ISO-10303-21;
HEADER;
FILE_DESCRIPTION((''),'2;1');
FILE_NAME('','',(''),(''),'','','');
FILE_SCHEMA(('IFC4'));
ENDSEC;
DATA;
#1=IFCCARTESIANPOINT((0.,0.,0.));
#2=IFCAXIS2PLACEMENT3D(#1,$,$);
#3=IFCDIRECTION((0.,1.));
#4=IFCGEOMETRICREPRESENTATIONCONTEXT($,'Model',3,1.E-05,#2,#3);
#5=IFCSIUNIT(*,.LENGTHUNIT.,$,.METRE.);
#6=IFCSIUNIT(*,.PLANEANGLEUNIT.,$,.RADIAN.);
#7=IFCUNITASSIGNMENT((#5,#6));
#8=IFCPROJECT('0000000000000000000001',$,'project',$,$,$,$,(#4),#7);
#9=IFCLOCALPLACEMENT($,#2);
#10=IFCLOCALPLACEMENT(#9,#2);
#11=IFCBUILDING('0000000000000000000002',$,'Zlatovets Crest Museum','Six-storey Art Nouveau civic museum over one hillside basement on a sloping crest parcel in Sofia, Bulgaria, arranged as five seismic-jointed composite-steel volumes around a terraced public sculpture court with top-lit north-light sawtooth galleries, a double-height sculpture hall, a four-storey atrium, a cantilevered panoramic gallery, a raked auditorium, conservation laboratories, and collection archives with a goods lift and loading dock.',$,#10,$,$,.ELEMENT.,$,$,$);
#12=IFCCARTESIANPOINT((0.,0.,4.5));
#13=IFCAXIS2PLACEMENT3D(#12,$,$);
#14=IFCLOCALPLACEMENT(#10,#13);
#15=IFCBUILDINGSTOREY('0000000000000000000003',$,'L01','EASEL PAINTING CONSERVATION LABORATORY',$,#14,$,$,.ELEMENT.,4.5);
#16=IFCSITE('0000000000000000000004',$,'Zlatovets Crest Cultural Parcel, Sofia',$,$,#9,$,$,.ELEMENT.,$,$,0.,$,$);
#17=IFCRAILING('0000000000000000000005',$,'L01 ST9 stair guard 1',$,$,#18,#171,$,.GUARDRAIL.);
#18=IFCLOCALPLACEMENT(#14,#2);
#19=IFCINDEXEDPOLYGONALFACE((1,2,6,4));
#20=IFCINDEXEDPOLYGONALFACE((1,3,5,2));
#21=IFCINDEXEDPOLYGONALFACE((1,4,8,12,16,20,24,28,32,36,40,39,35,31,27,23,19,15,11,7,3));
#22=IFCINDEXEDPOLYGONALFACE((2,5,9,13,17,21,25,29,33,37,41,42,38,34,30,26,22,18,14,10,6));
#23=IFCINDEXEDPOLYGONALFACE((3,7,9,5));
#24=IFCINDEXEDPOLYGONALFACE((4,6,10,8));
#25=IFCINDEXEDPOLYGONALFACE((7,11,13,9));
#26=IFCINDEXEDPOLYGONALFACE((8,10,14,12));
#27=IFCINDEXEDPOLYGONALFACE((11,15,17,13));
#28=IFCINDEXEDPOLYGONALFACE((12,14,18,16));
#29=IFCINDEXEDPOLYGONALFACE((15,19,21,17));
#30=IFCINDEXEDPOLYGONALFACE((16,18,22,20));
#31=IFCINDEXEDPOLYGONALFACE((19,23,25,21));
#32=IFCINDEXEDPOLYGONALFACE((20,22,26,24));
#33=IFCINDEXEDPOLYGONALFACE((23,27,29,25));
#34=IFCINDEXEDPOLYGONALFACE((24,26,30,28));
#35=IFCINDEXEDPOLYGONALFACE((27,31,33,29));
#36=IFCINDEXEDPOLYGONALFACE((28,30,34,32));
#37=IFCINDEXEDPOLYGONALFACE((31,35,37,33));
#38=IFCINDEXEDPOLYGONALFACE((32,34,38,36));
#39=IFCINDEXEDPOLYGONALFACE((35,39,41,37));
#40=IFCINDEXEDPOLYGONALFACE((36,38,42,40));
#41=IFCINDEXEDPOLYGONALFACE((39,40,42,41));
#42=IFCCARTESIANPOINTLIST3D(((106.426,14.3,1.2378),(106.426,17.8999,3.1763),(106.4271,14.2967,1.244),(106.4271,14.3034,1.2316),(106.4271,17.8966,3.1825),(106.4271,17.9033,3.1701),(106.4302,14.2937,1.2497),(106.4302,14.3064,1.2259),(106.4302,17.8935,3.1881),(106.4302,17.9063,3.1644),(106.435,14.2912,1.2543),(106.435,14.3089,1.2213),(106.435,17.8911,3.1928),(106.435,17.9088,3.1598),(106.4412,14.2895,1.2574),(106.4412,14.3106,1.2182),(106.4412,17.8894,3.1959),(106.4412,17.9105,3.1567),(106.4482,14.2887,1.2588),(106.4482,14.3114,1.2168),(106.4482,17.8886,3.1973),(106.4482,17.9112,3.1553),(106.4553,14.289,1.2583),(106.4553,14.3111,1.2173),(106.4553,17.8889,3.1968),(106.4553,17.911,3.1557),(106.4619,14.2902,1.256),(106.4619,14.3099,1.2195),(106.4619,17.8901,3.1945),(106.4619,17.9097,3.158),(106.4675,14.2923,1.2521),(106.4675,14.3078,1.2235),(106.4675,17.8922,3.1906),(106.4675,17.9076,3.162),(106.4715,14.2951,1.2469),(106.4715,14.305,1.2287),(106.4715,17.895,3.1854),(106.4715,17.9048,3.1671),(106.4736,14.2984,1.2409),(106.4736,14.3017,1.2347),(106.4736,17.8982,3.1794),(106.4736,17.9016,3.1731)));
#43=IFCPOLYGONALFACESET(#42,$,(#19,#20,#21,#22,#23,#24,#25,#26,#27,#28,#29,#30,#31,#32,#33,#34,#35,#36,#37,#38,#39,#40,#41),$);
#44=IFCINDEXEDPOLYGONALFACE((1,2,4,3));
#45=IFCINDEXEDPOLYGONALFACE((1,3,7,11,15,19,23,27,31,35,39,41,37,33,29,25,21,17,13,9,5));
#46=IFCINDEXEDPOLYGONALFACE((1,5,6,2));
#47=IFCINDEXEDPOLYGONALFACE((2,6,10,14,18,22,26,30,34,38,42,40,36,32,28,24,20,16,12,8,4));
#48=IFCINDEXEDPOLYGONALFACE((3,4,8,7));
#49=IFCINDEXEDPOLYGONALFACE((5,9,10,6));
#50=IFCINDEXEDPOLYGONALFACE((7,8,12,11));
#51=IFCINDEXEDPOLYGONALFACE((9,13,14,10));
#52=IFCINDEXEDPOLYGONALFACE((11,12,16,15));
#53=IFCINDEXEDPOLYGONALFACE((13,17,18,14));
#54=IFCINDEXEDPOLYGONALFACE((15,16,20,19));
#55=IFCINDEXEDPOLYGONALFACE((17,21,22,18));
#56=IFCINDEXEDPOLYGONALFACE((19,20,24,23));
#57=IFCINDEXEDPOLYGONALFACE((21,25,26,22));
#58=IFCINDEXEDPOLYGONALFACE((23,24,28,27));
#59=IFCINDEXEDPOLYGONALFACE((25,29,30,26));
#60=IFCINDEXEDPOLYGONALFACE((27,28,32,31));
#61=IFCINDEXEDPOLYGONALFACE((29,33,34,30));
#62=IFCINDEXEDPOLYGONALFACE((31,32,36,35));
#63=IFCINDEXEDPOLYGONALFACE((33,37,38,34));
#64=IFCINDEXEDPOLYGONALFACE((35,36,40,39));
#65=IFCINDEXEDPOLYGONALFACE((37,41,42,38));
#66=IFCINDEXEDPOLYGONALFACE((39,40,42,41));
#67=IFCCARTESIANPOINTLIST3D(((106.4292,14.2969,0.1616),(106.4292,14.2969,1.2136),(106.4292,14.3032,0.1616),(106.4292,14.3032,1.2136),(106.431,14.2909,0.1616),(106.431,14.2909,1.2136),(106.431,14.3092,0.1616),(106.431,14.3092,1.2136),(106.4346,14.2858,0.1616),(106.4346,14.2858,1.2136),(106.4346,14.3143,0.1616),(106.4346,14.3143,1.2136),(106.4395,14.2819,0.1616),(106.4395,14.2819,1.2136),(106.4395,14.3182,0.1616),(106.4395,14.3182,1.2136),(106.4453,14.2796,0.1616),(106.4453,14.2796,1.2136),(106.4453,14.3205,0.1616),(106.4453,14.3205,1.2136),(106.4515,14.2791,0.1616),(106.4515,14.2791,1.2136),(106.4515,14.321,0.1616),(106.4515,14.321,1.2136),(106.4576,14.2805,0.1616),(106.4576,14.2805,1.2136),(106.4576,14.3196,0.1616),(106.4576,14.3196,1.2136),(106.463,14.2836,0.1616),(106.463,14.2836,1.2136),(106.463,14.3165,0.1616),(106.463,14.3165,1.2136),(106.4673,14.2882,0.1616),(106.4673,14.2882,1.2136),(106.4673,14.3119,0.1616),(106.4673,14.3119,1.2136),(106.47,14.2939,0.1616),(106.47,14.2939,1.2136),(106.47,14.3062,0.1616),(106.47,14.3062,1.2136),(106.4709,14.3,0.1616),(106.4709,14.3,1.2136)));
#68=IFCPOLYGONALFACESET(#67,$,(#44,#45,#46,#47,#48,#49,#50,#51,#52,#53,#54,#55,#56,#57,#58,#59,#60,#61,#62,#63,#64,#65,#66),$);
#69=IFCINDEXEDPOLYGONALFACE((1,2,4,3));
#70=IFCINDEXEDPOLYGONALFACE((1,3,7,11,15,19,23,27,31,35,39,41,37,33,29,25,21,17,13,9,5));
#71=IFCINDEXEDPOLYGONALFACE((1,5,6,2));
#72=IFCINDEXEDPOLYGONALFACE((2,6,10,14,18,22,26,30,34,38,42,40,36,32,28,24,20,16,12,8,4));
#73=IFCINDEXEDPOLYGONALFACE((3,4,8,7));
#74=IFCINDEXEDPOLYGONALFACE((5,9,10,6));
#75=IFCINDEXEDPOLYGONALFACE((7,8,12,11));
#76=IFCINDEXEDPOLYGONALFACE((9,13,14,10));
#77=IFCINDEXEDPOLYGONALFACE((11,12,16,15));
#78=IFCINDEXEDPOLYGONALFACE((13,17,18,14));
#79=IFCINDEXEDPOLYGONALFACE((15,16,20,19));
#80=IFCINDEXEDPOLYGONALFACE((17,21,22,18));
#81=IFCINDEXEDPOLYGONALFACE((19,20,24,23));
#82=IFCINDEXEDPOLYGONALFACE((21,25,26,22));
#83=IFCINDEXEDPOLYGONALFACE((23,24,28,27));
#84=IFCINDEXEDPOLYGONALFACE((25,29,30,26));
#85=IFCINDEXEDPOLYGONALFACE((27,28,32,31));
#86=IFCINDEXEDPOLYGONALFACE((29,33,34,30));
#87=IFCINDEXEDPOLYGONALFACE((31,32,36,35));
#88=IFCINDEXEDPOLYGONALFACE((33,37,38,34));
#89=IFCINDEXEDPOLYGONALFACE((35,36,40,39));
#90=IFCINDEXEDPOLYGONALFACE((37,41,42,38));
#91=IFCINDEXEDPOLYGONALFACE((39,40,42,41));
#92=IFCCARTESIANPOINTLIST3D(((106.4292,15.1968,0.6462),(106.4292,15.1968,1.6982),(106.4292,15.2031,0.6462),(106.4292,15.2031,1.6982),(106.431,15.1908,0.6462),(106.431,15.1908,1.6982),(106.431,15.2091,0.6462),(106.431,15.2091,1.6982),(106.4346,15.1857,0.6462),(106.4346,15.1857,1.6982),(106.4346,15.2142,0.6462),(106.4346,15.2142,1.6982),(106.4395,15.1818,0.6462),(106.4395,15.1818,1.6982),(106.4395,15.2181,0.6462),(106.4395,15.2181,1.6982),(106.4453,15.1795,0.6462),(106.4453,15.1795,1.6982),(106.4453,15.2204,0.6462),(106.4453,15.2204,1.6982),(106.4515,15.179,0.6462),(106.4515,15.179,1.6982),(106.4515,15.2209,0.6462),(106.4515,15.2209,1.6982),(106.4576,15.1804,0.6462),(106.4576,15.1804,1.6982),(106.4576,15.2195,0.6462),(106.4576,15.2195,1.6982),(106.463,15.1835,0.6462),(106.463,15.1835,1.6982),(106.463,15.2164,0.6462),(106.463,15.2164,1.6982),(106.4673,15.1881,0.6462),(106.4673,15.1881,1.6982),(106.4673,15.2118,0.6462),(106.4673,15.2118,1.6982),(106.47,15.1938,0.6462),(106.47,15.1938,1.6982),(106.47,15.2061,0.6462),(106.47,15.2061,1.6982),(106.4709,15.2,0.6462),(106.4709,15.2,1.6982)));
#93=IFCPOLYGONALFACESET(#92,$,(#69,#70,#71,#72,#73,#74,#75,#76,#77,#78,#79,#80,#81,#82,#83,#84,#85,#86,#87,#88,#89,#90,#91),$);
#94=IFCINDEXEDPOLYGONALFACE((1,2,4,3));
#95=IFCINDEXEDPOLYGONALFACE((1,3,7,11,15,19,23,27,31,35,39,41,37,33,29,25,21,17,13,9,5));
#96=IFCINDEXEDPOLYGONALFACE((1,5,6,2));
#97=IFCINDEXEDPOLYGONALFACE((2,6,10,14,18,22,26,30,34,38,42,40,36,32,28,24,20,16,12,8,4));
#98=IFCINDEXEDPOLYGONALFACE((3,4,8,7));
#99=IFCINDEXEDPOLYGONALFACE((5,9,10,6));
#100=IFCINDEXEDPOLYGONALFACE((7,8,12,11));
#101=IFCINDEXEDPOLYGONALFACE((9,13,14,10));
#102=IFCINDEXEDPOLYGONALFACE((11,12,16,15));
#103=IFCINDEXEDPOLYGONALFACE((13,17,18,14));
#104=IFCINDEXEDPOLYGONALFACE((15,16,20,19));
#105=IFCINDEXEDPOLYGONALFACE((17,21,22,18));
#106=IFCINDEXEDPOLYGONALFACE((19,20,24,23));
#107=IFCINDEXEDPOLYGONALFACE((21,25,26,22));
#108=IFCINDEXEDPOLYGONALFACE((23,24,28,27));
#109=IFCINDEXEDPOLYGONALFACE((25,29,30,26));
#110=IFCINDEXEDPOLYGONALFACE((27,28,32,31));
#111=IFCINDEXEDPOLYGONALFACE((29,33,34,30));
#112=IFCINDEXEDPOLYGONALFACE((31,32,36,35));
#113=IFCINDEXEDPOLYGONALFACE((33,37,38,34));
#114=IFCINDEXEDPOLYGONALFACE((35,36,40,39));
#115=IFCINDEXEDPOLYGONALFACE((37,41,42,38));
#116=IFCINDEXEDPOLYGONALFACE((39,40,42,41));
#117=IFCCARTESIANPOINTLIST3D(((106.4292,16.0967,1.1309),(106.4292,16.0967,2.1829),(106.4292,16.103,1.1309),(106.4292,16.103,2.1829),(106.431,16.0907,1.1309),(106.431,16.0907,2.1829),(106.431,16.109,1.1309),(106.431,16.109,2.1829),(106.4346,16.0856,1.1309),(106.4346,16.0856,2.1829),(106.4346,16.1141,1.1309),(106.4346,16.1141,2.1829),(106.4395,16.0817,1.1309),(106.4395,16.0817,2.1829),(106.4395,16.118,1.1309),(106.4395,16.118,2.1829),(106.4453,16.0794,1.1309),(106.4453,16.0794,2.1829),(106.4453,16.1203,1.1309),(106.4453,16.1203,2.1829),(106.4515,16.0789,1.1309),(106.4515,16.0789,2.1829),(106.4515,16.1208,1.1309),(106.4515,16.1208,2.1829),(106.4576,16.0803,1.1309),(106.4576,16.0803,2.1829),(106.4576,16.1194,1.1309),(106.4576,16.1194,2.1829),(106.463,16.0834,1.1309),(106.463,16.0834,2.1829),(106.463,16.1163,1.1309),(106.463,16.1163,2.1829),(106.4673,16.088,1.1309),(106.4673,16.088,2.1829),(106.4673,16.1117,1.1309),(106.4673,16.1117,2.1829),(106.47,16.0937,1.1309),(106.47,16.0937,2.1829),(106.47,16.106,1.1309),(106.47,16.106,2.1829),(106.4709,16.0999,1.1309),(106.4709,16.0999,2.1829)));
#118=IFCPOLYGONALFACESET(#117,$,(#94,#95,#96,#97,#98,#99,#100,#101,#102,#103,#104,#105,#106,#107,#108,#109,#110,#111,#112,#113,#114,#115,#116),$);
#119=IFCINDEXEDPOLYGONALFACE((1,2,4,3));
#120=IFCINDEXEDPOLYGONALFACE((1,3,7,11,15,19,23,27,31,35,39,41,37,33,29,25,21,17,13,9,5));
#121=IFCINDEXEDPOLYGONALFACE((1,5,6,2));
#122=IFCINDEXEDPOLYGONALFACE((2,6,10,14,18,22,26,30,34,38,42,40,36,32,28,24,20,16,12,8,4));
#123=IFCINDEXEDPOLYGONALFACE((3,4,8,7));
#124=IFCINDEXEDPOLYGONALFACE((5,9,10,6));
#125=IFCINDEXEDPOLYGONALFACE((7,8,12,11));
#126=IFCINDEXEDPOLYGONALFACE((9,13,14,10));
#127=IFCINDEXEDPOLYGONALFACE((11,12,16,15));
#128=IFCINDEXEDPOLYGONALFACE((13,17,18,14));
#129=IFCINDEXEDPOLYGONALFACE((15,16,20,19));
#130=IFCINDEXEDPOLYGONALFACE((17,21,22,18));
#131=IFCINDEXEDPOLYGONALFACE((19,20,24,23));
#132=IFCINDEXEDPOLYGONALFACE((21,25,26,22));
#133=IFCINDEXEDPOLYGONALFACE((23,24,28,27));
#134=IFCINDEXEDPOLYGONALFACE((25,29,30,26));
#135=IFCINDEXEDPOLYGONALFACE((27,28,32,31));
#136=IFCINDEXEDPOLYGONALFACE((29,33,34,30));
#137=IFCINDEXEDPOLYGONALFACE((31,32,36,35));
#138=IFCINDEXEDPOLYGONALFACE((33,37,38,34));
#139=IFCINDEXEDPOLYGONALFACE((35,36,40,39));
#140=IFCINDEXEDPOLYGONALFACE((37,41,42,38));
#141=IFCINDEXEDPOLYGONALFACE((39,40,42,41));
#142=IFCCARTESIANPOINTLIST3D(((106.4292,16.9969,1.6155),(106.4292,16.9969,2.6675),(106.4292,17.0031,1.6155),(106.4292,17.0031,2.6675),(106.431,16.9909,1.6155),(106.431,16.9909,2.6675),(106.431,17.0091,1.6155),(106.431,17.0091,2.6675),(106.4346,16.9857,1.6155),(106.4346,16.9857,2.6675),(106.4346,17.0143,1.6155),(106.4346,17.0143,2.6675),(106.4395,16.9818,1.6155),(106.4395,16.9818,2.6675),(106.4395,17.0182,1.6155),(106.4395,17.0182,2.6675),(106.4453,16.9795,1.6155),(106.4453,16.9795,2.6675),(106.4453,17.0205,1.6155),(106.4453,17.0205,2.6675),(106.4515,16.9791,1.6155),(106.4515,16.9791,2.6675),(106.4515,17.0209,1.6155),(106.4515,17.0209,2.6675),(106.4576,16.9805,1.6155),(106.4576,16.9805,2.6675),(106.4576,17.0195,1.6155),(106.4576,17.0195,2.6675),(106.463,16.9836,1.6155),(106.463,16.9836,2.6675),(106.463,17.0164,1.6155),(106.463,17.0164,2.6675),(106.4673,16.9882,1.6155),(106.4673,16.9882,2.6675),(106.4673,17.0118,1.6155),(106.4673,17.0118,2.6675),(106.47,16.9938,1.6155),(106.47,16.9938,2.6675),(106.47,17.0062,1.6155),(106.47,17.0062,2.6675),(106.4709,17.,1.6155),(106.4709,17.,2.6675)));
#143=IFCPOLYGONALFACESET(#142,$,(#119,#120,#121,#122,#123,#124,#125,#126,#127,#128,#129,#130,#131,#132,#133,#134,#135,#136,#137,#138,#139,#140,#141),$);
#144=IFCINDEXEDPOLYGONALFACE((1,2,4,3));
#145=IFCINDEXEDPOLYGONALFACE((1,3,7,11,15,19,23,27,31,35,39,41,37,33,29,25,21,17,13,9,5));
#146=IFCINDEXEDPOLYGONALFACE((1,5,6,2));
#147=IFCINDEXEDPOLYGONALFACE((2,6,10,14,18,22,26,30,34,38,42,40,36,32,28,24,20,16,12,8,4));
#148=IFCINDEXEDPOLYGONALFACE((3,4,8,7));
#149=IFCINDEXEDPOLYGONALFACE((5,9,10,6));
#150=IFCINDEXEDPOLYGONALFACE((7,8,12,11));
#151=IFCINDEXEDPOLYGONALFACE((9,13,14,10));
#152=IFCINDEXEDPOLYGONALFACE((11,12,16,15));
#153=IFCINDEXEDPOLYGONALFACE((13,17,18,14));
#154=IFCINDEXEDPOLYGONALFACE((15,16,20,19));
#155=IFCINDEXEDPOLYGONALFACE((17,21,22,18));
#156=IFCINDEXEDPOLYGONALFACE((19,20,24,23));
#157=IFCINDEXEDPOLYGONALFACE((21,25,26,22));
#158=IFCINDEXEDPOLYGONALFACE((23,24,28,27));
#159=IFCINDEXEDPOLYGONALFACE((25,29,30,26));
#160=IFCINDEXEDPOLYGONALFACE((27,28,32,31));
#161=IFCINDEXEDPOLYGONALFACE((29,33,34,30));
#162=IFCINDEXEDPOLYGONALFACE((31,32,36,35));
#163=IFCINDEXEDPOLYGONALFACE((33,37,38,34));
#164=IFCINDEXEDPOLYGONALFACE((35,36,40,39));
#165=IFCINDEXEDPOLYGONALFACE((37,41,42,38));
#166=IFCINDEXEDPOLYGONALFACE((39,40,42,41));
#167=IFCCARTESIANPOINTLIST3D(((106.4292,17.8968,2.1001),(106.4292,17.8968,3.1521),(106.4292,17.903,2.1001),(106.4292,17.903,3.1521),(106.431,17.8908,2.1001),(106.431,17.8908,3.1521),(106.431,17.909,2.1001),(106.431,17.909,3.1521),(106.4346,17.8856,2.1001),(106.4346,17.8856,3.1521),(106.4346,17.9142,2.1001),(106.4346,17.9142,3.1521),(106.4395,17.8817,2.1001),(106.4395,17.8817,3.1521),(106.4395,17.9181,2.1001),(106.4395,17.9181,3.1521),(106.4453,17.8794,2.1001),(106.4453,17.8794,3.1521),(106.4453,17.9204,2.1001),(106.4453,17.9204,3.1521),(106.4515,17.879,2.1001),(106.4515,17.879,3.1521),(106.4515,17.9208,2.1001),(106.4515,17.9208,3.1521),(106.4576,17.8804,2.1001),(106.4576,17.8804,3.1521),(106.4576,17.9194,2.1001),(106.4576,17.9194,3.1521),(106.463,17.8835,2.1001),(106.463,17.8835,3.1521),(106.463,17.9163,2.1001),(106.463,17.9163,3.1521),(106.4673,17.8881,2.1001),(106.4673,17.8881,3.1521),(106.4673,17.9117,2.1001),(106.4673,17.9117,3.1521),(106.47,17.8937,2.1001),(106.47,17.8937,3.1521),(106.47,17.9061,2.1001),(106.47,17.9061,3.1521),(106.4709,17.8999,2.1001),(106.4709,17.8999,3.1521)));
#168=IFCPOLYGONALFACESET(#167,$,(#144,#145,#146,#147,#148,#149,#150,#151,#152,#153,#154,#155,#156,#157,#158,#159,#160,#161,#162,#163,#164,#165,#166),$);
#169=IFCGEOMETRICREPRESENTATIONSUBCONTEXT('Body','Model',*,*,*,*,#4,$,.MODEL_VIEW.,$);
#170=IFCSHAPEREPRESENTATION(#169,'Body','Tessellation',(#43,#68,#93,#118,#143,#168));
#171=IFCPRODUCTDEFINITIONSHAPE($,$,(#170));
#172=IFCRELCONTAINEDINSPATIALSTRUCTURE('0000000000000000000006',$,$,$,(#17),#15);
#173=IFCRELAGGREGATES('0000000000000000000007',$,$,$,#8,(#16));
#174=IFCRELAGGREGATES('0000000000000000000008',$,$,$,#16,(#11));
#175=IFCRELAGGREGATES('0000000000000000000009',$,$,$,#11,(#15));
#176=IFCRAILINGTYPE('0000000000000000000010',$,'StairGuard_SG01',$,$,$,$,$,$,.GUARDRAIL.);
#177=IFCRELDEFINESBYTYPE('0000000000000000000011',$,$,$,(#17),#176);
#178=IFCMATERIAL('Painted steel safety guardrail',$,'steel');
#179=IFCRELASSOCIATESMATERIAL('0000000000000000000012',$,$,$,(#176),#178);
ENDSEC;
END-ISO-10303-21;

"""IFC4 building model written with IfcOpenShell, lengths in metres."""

from ifc_helpers import new_model, si_unit, direction, frame, origin, origin_2d, place, context, subcontext, project, spatial, circle, extrude, material, type_object, element, save


model = new_model("IFC4")

# Units and contexts
model_context = context("Model", 3, precision=1e-05, world=origin(), true_north=direction((0.0, 1.0)))
body_context = subcontext(model_context, "Body", "Model", "MODEL_VIEW")
ifc_project = project(units=[si_unit("LENGTHUNIT", "METRE"), si_unit("PLANEANGLEUNIT", "RADIAN")], contexts=[model_context])

# Site, building, storey
site_placement = place(None, origin())
site = spatial("IfcSite", under=ifc_project, at=site_placement, Name="Zlatovets Crest Cultural Parcel, Sofia", CompositionType="ELEMENT", RefElevation=0.0)
building_placement = place(site_placement, origin())
building = spatial("IfcBuilding", under=site, at=building_placement, Name="Zlatovets Crest Museum", Description="Six-storey Art Nouveau civic museum over one hillside basement on a sloping crest parcel in Sofia, Bulgaria, arranged as five seismic-jointed composite-steel volumes around a terraced public sculpture court with top-lit north-light sawtooth galleries, a double-height sculpture hall, a four-storey atrium, a cantilevered panoramic gallery, a raked auditorium, conservation laboratories, and collection archives with a goods lift and loading dock.", CompositionType="ELEMENT")
storey_placement = place(building_placement, frame((0.0, 0.0, 4.5)))
storey = spatial("IfcBuildingStorey", under=building, at=storey_placement, Name="L01", Description="EASEL PAINTING CONSERVATION LABORATORY", CompositionType="ELEMENT", Elevation=4.5)

# Railing
ifc_material_1 = material(Name="Painted steel safety guardrail", Category="steel")
railing_type_1 = type_object("IfcRailingType", Name="StairGuard_SG01", PredefinedType="GUARDRAIL", material=ifc_material_1)
railing_1_placement = place(storey_placement, frame((106.45, 14.3, 0.1616)))
element("IfcRailing", 1, at=railing_1_placement, inside=storey, type_object=railing_type_1, Name="L01 ST9 stair guard 1", PredefinedType="GUARDRAIL", context=body_context, shape_type="SweptSolid", body=[
    extrude(circle(Radius=0.0239, at=origin_2d()), frame((0.0, 0.0, 1.0762), z_axis=(0.0, 0.880462, 0.474118), x_axis=(-1.0, 0.0, 0.0)), (0.0, 0.0, 1.0), 4.0886),
    extrude(circle(Radius=0.021, at=origin_2d()), origin(), (0.0, 0.0, 1.0), 1.052),
    extrude(circle(Radius=0.021, at=origin_2d()), frame((0.0, 0.8999, 0.4846)), (0.0, 0.0, 1.0), 1.052),
    extrude(circle(Radius=0.021, at=origin_2d()), frame((0.0, 1.7998, 0.9692)), (0.0, 0.0, 1.0), 1.052),
    extrude(circle(Radius=0.021, at=origin_2d()), frame((0.0, 2.7, 1.4539)), (0.0, 0.0, 1.0), 1.052),
    extrude(circle(Radius=0.021, at=origin_2d()), frame((0.0, 3.5999, 1.9385)), (0.0, 0.0, 1.0), 1.052),
])

save(model, "model.ifc")
